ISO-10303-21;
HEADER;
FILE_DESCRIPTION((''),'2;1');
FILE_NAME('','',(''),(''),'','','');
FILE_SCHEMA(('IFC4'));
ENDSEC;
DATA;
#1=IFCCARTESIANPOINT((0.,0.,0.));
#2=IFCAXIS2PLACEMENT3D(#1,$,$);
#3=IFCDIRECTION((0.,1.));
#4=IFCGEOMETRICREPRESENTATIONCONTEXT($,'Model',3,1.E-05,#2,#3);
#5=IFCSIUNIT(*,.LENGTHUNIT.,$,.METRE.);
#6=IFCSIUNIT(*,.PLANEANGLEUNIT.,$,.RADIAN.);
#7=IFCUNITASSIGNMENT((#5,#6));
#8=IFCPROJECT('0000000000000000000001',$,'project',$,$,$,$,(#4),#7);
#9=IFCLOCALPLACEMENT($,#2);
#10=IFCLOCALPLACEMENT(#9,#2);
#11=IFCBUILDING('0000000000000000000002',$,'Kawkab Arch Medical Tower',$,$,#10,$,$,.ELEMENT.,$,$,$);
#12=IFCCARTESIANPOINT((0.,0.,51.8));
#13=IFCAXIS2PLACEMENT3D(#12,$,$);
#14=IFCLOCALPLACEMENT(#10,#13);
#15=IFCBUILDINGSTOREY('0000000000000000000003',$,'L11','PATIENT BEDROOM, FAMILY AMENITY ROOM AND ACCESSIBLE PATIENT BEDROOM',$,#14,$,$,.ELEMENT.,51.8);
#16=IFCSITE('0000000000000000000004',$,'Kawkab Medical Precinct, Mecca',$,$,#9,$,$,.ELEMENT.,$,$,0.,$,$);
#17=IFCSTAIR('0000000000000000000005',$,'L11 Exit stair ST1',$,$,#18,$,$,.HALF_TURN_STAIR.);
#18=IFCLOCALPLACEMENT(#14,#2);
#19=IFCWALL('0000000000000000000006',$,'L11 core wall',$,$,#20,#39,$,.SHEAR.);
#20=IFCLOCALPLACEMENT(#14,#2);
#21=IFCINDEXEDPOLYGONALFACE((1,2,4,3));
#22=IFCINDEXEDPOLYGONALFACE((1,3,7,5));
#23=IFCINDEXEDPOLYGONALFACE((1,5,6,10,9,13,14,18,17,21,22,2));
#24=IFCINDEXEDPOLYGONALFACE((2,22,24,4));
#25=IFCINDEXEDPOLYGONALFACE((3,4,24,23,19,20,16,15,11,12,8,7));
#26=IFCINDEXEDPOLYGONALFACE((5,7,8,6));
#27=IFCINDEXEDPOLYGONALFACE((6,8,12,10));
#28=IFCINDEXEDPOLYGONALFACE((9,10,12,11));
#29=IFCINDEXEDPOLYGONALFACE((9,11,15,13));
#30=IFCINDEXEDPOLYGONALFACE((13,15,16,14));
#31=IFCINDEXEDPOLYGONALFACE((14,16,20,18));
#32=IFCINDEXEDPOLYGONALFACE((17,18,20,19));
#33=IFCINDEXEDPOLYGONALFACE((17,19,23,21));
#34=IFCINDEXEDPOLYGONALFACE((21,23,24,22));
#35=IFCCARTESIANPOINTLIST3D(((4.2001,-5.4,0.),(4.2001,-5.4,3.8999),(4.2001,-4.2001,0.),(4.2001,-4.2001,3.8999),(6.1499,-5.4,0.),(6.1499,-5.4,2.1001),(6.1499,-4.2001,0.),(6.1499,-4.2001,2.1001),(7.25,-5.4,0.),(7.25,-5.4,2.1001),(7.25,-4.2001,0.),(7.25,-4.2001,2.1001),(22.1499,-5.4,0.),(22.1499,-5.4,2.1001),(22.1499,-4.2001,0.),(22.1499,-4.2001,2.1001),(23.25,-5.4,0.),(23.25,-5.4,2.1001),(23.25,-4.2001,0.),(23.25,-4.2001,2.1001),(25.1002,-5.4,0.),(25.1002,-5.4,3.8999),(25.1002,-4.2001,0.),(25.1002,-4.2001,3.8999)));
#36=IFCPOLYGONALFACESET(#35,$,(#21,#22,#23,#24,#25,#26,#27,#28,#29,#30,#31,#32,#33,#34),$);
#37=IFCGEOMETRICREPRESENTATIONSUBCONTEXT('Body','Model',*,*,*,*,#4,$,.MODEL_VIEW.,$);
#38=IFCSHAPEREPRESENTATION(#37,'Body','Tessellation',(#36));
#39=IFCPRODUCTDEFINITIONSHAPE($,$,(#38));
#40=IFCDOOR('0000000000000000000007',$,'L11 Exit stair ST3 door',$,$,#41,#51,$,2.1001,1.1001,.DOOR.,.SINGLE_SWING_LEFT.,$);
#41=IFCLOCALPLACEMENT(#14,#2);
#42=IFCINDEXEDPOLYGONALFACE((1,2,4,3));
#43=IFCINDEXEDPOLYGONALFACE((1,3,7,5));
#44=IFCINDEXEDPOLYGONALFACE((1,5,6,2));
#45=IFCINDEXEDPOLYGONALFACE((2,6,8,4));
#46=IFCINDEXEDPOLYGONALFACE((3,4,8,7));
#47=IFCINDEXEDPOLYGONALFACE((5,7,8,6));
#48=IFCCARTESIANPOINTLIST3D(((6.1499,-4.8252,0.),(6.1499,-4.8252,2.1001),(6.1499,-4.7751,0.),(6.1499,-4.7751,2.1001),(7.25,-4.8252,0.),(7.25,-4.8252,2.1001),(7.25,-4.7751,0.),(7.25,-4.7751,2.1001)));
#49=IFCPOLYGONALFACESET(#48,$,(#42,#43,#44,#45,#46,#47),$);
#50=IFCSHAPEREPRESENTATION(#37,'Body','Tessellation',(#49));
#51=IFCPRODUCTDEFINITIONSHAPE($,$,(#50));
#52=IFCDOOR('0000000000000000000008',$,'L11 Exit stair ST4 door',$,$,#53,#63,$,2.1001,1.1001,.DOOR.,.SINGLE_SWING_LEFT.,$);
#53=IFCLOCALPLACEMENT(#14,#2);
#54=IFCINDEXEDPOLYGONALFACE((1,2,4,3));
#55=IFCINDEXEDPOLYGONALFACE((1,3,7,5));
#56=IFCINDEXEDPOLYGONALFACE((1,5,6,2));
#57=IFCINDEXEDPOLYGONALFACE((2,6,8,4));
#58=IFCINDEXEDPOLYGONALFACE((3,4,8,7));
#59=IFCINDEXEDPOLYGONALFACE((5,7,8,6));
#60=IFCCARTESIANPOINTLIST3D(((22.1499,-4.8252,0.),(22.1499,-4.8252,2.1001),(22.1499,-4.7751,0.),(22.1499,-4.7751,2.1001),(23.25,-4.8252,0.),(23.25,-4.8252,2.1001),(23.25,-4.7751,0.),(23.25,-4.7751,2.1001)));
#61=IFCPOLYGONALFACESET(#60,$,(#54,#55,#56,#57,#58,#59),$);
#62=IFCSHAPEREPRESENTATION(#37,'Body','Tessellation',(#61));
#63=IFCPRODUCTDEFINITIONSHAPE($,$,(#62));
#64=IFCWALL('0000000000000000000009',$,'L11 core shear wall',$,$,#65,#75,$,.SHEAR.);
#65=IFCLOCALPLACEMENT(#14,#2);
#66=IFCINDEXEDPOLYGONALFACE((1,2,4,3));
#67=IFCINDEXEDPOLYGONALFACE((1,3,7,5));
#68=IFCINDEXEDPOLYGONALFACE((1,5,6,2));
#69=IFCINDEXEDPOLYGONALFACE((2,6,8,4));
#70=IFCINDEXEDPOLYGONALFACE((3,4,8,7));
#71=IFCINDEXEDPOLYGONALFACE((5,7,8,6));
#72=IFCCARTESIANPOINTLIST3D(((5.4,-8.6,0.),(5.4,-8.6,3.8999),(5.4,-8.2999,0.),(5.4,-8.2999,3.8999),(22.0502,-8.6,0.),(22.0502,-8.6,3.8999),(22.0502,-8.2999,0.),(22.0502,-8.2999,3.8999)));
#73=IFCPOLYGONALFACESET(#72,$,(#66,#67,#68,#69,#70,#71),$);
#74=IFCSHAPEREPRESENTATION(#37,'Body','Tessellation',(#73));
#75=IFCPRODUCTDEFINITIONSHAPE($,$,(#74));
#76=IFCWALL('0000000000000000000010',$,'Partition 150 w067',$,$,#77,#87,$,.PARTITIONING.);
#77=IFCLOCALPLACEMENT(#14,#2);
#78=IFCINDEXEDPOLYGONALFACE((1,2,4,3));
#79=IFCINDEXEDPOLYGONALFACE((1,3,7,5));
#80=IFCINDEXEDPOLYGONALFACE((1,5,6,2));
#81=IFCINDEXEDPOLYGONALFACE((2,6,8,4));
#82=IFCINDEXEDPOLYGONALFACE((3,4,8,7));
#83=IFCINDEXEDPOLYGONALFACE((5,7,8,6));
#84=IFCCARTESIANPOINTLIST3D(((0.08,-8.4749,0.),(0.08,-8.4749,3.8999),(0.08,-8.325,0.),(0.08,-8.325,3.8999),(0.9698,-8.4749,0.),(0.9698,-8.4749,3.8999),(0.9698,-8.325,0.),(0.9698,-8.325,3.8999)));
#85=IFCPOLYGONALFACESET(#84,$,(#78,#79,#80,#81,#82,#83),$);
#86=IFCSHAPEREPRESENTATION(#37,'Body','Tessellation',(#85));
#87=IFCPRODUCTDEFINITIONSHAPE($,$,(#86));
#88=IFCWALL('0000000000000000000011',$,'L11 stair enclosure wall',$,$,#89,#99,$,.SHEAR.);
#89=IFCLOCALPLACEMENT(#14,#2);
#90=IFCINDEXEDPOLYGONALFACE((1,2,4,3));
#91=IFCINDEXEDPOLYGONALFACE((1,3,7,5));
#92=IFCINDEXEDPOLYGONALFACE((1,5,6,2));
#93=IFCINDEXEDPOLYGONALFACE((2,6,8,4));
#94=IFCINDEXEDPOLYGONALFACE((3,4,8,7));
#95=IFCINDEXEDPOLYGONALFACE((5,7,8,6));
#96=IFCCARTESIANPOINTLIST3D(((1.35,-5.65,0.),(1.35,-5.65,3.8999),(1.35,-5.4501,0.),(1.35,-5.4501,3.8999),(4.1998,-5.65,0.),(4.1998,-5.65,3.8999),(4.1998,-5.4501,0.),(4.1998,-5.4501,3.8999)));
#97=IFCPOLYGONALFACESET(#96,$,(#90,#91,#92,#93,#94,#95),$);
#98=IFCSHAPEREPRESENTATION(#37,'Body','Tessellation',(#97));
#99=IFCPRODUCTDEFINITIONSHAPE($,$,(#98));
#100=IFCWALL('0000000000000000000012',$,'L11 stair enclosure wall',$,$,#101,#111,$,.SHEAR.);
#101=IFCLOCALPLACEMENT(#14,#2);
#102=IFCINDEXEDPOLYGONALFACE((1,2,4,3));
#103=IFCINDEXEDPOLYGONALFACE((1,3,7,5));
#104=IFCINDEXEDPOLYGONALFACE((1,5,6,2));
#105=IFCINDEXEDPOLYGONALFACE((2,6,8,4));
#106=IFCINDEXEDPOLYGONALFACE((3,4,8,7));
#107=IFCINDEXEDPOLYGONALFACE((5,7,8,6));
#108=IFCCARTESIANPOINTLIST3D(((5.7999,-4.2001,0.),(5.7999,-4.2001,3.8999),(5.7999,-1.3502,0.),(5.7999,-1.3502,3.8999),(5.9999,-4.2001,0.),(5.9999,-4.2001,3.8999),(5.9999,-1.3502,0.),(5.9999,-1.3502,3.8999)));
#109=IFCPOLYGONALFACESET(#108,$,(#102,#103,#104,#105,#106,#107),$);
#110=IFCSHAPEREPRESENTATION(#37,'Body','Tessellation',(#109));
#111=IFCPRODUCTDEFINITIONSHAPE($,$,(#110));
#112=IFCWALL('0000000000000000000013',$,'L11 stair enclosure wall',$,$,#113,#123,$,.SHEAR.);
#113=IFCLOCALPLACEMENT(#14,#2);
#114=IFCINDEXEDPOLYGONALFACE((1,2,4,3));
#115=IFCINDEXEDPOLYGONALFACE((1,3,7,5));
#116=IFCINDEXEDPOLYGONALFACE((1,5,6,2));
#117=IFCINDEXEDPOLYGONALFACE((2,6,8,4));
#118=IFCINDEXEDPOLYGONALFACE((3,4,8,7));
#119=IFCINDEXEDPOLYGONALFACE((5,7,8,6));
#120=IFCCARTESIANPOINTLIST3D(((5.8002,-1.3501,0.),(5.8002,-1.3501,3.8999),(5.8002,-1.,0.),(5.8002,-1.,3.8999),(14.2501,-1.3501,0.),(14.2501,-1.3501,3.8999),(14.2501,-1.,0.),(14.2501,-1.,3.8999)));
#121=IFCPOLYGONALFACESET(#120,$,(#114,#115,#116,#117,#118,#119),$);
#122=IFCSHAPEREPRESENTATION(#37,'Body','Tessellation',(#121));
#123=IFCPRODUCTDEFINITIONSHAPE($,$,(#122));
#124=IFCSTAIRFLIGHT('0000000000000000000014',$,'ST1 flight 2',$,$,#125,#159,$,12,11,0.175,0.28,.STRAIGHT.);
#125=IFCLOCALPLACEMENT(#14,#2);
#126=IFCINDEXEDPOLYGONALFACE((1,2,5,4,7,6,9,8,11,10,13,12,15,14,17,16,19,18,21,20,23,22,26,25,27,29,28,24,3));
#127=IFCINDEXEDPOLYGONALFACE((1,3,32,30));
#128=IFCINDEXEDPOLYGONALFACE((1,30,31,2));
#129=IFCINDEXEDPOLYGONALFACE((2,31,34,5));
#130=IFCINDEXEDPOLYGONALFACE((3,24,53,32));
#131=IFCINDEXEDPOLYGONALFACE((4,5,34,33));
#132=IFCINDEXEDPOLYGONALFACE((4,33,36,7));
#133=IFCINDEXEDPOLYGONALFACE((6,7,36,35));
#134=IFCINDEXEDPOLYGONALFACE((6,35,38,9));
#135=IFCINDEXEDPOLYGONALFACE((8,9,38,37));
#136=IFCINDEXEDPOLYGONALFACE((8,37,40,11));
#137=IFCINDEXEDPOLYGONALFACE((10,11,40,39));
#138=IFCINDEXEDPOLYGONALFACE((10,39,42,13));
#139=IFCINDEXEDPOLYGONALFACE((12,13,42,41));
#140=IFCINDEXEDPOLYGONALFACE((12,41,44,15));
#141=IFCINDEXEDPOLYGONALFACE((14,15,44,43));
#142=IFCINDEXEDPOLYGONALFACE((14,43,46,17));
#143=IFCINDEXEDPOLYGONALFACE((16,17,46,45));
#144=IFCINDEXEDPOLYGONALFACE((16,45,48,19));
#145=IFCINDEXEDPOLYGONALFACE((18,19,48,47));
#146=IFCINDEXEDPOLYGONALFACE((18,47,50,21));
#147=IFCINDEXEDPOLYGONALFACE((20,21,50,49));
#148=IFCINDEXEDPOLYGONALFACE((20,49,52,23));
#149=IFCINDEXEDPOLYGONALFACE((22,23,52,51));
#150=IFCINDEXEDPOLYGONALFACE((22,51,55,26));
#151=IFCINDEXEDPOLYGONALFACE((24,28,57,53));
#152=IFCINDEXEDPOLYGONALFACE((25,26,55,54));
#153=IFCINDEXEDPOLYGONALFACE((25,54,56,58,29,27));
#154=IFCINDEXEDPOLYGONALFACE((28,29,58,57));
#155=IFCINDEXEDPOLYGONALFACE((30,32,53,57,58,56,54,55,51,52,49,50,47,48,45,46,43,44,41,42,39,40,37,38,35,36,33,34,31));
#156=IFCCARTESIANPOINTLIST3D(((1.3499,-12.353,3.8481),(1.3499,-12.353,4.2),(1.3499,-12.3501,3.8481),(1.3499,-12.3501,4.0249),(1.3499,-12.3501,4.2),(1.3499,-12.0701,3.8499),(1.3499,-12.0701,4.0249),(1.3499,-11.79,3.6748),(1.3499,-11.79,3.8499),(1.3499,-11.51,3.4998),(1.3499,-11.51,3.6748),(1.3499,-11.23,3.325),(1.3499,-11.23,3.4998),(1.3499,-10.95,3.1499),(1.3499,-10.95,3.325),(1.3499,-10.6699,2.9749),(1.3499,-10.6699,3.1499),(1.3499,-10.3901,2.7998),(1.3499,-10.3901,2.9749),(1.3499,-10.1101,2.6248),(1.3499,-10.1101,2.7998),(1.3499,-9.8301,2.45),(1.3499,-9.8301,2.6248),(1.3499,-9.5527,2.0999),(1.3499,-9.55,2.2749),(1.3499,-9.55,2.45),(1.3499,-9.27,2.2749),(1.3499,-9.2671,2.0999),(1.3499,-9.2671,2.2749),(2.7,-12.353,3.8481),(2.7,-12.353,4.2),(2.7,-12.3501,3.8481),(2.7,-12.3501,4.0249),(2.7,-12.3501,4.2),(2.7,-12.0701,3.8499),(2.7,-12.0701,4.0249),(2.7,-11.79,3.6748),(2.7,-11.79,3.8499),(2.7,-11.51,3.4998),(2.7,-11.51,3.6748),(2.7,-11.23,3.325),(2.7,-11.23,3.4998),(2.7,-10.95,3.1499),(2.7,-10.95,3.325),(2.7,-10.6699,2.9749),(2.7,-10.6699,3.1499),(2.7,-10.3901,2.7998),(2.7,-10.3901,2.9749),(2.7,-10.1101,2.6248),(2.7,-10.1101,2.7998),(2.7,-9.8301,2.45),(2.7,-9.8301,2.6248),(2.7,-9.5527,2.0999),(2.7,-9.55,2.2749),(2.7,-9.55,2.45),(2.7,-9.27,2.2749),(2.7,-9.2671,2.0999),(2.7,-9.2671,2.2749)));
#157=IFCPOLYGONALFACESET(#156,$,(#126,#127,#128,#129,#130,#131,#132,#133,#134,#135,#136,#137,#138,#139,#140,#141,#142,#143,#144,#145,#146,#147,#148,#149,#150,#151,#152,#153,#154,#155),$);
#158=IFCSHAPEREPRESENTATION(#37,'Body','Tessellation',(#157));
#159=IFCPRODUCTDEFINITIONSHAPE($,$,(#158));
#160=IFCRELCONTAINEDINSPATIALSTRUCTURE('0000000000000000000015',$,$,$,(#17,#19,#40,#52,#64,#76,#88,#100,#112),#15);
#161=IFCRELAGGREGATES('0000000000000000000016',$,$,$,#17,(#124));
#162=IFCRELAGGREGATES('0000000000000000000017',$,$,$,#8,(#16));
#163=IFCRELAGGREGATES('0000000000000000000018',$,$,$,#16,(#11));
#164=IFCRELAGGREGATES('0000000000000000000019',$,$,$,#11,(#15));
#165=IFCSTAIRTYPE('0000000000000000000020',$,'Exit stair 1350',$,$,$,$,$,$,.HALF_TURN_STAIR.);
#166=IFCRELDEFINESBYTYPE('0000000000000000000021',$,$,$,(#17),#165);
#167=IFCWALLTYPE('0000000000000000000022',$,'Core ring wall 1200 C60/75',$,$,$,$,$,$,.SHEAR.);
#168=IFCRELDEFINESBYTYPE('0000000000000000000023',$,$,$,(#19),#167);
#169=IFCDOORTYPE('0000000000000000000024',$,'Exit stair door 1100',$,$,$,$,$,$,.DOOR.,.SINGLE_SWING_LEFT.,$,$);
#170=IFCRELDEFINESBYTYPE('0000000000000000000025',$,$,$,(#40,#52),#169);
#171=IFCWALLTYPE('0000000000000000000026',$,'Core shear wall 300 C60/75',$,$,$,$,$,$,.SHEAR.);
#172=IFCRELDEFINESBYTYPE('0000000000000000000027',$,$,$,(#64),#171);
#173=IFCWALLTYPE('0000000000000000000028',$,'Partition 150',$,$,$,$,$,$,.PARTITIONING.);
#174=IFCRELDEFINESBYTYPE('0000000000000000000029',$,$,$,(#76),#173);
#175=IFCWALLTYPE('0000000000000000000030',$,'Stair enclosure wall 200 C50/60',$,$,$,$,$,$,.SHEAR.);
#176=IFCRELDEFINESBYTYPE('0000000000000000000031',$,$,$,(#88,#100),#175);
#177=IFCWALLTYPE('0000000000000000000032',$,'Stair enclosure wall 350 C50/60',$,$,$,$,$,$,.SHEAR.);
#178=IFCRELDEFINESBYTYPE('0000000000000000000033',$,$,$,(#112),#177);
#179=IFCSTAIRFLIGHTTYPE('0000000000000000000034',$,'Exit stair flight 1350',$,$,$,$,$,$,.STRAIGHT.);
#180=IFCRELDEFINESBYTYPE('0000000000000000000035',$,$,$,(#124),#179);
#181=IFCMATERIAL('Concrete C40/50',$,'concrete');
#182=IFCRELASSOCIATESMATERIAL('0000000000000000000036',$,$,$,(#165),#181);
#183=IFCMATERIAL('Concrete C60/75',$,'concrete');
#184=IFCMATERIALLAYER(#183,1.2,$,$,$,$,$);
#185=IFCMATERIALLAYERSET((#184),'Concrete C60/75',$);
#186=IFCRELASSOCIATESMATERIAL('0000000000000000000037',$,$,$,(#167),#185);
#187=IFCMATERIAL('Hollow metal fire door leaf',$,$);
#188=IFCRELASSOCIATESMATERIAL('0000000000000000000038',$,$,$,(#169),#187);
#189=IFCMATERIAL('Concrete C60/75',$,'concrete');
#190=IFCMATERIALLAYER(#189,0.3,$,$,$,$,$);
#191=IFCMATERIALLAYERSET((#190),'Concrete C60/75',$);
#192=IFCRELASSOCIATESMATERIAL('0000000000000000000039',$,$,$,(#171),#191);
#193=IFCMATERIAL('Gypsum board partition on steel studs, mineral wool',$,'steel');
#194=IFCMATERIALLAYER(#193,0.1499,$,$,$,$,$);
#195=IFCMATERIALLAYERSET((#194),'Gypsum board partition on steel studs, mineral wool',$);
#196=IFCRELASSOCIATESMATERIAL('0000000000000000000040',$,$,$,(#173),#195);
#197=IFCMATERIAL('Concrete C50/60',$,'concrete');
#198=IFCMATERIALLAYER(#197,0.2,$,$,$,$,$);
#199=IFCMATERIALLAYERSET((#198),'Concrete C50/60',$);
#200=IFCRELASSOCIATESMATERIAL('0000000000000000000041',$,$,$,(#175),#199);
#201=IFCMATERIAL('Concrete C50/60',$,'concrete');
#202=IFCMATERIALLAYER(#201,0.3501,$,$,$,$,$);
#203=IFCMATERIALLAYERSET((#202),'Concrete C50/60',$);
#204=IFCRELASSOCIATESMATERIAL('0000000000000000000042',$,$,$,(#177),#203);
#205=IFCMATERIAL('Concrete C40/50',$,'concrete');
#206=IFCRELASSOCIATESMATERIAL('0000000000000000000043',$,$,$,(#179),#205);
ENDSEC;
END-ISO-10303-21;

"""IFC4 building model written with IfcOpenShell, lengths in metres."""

from ifc_helpers import new_model, si_unit, direction, frame, frame_2d, origin, place, context, subcontext, project, spatial, polyline, rectangle, outline, extrude, material, layer, layer_set, type_object, element, fill, aggregate, save


model = new_model("IFC4")

# Units and contexts
model_context = context("Model", 3, precision=1e-05, world=origin(), true_north=direction((0.0, 1.0)))
body_context = subcontext(model_context, "Body", "Model", "MODEL_VIEW")
ifc_project = project(units=[si_unit("LENGTHUNIT", "METRE"), si_unit("PLANEANGLEUNIT", "RADIAN")], contexts=[model_context])

# Site, building, storey
site_placement = place(None, origin())
site = spatial("IfcSite", under=ifc_project, at=site_placement, Name="Kawkab Medical Precinct, Mecca", CompositionType="ELEMENT", RefElevation=0.0)
building_placement = place(site_placement, origin())
building = spatial("IfcBuilding", under=site, at=building_placement, Name="Kawkab Arch Medical Tower", CompositionType="ELEMENT")
storey_placement = place(building_placement, frame((0.0, 0.0, 51.8)))
storey = spatial("IfcBuildingStorey", under=building, at=storey_placement, Name="L11", Description="PATIENT BEDROOM, FAMILY AMENITY ROOM AND ACCESSIBLE PATIENT BEDROOM", CompositionType="ELEMENT", Elevation=51.8)

# Shared definitions
placement_1 = place(storey_placement, origin())

# Stair
ifc_material_1 = material(Name="Concrete C40/50", Category="concrete")
stair_type = type_object("IfcStairType", Name="Exit stair 1350", PredefinedType="HALF_TURN_STAIR", material=ifc_material_1)
stair_1 = element("IfcStair", 1, at=placement_1, inside=storey, type_object=stair_type, Name="L11 Exit stair ST1", PredefinedType="HALF_TURN_STAIR")

# Wall, openings, doors
ifc_material_2 = material(Name="Concrete C60/75", Category="concrete")
ifc_layer_1 = layer(ifc_material_2, 1.2)
ifc_layer_set_1 = layer_set([ifc_layer_1], Name="Concrete C60/75")
wall_type_1 = type_object("IfcWallType", Name="Core ring wall 1200 C60/75", PredefinedType="SHEAR", material=ifc_layer_set_1)
wall_1_placement = place(storey_placement, frame((4.2, -4.8, 0.0), z_axis=(0.0, 0.0, 1.0), x_axis=(1.0, 0.0, 0.0)))
wall_1 = element("IfcWall", 2, at=wall_1_placement, inside=storey, type_object=wall_type_1, Name="L11 core wall", PredefinedType="SHEAR", context=body_context, shape_type="SweptSolid", body=[
    extrude(rectangle(XDim=20.9001, YDim=1.2, at=frame_2d((10.4502, 0.0))), origin(), (0.0, 0.0, 1.0), 3.8999),
])
opening_1_placement = place(wall_1_placement, frame((1.95, 0.0, 0.0)))
opening_1 = element("IfcOpeningElement", 3, at=opening_1_placement, cuts=wall_1, PredefinedType="OPENING", context=body_context, shape_type="SweptSolid", body=[
    extrude(rectangle(XDim=1.1001, YDim=2.1001, at=frame_2d((0.55, 1.05))), frame((0.0, 0.6099, 0.0), z_axis=(0.0, -1.0, 0.0), x_axis=(1.0, 0.0, 0.0)), (0.0, 0.0, 1.0), 1.22),
])
opening_2_placement = place(wall_1_placement, frame((17.95, 0.0, 0.0)))
opening_2 = element("IfcOpeningElement", 4, at=opening_2_placement, cuts=wall_1, PredefinedType="OPENING", context=body_context, shape_type="SweptSolid", body=[
    extrude(rectangle(XDim=1.1001, YDim=2.1001, at=frame_2d((0.55, 1.05))), frame((0.0, 0.6099, 0.0), z_axis=(0.0, -1.0, 0.0), x_axis=(1.0, 0.0, 0.0)), (0.0, 0.0, 1.0), 1.22),
])
ifc_material_3 = material(Name="Hollow metal fire door leaf")
door_type = type_object("IfcDoorType", Name="Exit stair door 1100", OperationType="SINGLE_SWING_LEFT", PredefinedType="DOOR", material=ifc_material_3)
door_1_placement = place(opening_1_placement, origin())
door_1 = element("IfcDoor", 5, at=door_1_placement, inside=storey, type_object=door_type, Name="L11 Exit stair ST3 door", OperationType="SINGLE_SWING_LEFT", OverallHeight=2.1001, OverallWidth=1.1001, PredefinedType="DOOR", context=body_context, shape_type="SweptSolid", body=[
    extrude(rectangle(XDim=1.1001, YDim=2.1001, at=frame_2d((0.55, 1.05))), frame((0.0, 0.0249, 0.0), z_axis=(0.0, -1.0, 0.0), x_axis=(1.0, 0.0, 0.0)), (0.0, 0.0, 1.0), 0.05),
])
fill(opening_1, door_1)
door_2_placement = place(opening_2_placement, origin())
door_2 = element("IfcDoor", 6, at=door_2_placement, inside=storey, type_object=door_type, Name="L11 Exit stair ST4 door", OperationType="SINGLE_SWING_LEFT", OverallHeight=2.1001, OverallWidth=1.1001, PredefinedType="DOOR", context=body_context, shape_type="SweptSolid", body=[
    extrude(rectangle(XDim=1.1001, YDim=2.1001, at=frame_2d((0.55, 1.05))), frame((0.0, 0.0249, 0.0), z_axis=(0.0, -1.0, 0.0), x_axis=(1.0, 0.0, 0.0)), (0.0, 0.0, 1.0), 0.05),
])
fill(opening_2, door_2)

# Walls
ifc_material_4 = material(Name="Concrete C60/75", Category="concrete")
ifc_layer_2 = layer(ifc_material_4, 0.3)
ifc_layer_set_2 = layer_set([ifc_layer_2], Name="Concrete C60/75")
wall_type_2 = type_object("IfcWallType", Name="Core shear wall 300 C60/75", PredefinedType="SHEAR", material=ifc_layer_set_2)
wall_2_placement = place(storey_placement, frame((5.3999, -8.45, 0.0), z_axis=(0.0, 0.0, 1.0), x_axis=(1.0, 0.0, 0.0)))
element("IfcWall", 7, at=wall_2_placement, inside=storey, type_object=wall_type_2, Name="L11 core shear wall", PredefinedType="SHEAR", context=body_context, shape_type="SweptSolid", body=[
    extrude(rectangle(XDim=16.6501, YDim=0.3, at=frame_2d((8.3252, 0.0))), origin(), (0.0, 0.0, 1.0), 3.8999),
])
ifc_material_5 = material(Name="Gypsum board partition on steel studs, mineral wool", Category="steel")
ifc_layer_3 = layer(ifc_material_5, 0.1499)
ifc_layer_set_3 = layer_set([ifc_layer_3], Name="Gypsum board partition on steel studs, mineral wool")
wall_type_3 = type_object("IfcWallType", Name="Partition 150", PredefinedType="PARTITIONING", material=ifc_layer_set_3)
wall_3_placement = place(storey_placement, frame((0.0801, -8.3999, 0.0), z_axis=(0.0, 0.0, 1.0), x_axis=(1.0, 0.0, 0.0)))
element("IfcWall", 8, at=wall_3_placement, inside=storey, type_object=wall_type_3, Name="Partition 150 w067", PredefinedType="PARTITIONING", context=body_context, shape_type="SweptSolid", body=[
    extrude(rectangle(XDim=0.8899, YDim=0.1499, at=frame_2d((0.4448, 0.0))), origin(), (0.0, 0.0, 1.0), 3.8999),
])
ifc_material_6 = material(Name="Concrete C50/60", Category="concrete")
ifc_layer_4 = layer(ifc_material_6, 0.2)
ifc_layer_set_4 = layer_set([ifc_layer_4], Name="Concrete C50/60")
wall_type_4 = type_object("IfcWallType", Name="Stair enclosure wall 200 C50/60", PredefinedType="SHEAR", material=ifc_layer_set_4)
for number, where, z_axis, x_axis, name in (
    (9, (1.3501, -5.55, 0.0), (0.0, 0.0, 1.0), (1.0, 0.0, 0.0), "L11 stair enclosure wall"),
    (10, (5.8999, -4.2, 0.0), (0.0, 0.0, 1.0), (0.0, 1.0, 0.0), "L11 stair enclosure wall"),
):
    element("IfcWall", number, at=place(storey_placement, frame(where, z_axis=z_axis, x_axis=x_axis)), inside=storey, type_object=wall_type_4, Name=name, PredefinedType="SHEAR", context=body_context, shape_type="SweptSolid", body=[
        extrude(rectangle(XDim=2.8499, YDim=0.2, at=frame_2d((1.4248, 0.0))), origin(), (0.0, 0.0, 1.0), 3.8999),
    ])
ifc_material_7 = material(Name="Concrete C50/60", Category="concrete")
ifc_layer_5 = layer(ifc_material_7, 0.3501)
ifc_layer_set_5 = layer_set([ifc_layer_5], Name="Concrete C50/60")
wall_type_5 = type_object("IfcWallType", Name="Stair enclosure wall 350 C50/60", PredefinedType="SHEAR", material=ifc_layer_set_5)
wall_4_placement = place(storey_placement, frame((5.8, -1.175, 0.0), z_axis=(0.0, 0.0, 1.0), x_axis=(1.0, 0.0, 0.0)))
element("IfcWall", 11, at=wall_4_placement, inside=storey, type_object=wall_type_5, Name="L11 stair enclosure wall", PredefinedType="SHEAR", context=body_context, shape_type="SweptSolid", body=[
    extrude(rectangle(XDim=8.45, YDim=0.3501, at=frame_2d((4.2251, 0.0))), origin(), (0.0, 0.0, 1.0), 3.8999),
])

# Stair flight
ifc_material_8 = material(Name="Concrete C40/50", Category="concrete")
stair_flight_type = type_object("IfcStairFlightType", Name="Exit stair flight 1350", PredefinedType="STRAIGHT", material=ifc_material_8)
stair_flight_placement = place(storey_placement, frame((2.0249, -9.27, 2.0999), z_axis=(0.0, 0.0, 1.0), x_axis=(0.0, -1.0, 0.0)))
stair_flight = element("IfcStairFlight", 12, at=stair_flight_placement, type_object=stair_flight_type, Name="ST1 flight 2", NumberOfRisers=12, NumberOfTreads=11, PredefinedType="STRAIGHT", RiserHeight=0.175, TreadLength=0.28, context=body_context, shape_type="SweptSolid", body=[
    extrude(outline(polyline([(-0.0029, 0.0), (-0.0029, 0.175), (0.0, 0.175), (0.28, 0.175), (0.28, 0.3501), (0.5601, 0.3501), (0.5601, 0.5249), (0.8401, 0.5249), (0.8401, 0.7), (1.1201, 0.7), (1.1201, 0.875), (1.3999, 0.875), (1.3999, 1.05), (1.6799, 1.05), (1.6799, 1.2251), (1.96, 1.2251), (1.96, 1.3999), (2.24, 1.3999), (2.24, 1.575), (2.52, 1.575), (2.52, 1.75), (2.8, 1.75), (2.8, 1.925), (3.0801, 1.925), (3.0801, 2.1001), (3.083, 2.1001), (3.083, 1.7483), (3.0801, 1.7483), (0.2827, 0.0), (-0.0029, 0.0)])), frame((0.0, 0.675, 0.0), z_axis=(0.0, -1.0, 0.0), x_axis=(1.0, 0.0, 0.0)), (0.0, 0.0, 1.0), 1.3501),
])
aggregate(stair_1, [stair_flight])

save(model, "model.ifc")
